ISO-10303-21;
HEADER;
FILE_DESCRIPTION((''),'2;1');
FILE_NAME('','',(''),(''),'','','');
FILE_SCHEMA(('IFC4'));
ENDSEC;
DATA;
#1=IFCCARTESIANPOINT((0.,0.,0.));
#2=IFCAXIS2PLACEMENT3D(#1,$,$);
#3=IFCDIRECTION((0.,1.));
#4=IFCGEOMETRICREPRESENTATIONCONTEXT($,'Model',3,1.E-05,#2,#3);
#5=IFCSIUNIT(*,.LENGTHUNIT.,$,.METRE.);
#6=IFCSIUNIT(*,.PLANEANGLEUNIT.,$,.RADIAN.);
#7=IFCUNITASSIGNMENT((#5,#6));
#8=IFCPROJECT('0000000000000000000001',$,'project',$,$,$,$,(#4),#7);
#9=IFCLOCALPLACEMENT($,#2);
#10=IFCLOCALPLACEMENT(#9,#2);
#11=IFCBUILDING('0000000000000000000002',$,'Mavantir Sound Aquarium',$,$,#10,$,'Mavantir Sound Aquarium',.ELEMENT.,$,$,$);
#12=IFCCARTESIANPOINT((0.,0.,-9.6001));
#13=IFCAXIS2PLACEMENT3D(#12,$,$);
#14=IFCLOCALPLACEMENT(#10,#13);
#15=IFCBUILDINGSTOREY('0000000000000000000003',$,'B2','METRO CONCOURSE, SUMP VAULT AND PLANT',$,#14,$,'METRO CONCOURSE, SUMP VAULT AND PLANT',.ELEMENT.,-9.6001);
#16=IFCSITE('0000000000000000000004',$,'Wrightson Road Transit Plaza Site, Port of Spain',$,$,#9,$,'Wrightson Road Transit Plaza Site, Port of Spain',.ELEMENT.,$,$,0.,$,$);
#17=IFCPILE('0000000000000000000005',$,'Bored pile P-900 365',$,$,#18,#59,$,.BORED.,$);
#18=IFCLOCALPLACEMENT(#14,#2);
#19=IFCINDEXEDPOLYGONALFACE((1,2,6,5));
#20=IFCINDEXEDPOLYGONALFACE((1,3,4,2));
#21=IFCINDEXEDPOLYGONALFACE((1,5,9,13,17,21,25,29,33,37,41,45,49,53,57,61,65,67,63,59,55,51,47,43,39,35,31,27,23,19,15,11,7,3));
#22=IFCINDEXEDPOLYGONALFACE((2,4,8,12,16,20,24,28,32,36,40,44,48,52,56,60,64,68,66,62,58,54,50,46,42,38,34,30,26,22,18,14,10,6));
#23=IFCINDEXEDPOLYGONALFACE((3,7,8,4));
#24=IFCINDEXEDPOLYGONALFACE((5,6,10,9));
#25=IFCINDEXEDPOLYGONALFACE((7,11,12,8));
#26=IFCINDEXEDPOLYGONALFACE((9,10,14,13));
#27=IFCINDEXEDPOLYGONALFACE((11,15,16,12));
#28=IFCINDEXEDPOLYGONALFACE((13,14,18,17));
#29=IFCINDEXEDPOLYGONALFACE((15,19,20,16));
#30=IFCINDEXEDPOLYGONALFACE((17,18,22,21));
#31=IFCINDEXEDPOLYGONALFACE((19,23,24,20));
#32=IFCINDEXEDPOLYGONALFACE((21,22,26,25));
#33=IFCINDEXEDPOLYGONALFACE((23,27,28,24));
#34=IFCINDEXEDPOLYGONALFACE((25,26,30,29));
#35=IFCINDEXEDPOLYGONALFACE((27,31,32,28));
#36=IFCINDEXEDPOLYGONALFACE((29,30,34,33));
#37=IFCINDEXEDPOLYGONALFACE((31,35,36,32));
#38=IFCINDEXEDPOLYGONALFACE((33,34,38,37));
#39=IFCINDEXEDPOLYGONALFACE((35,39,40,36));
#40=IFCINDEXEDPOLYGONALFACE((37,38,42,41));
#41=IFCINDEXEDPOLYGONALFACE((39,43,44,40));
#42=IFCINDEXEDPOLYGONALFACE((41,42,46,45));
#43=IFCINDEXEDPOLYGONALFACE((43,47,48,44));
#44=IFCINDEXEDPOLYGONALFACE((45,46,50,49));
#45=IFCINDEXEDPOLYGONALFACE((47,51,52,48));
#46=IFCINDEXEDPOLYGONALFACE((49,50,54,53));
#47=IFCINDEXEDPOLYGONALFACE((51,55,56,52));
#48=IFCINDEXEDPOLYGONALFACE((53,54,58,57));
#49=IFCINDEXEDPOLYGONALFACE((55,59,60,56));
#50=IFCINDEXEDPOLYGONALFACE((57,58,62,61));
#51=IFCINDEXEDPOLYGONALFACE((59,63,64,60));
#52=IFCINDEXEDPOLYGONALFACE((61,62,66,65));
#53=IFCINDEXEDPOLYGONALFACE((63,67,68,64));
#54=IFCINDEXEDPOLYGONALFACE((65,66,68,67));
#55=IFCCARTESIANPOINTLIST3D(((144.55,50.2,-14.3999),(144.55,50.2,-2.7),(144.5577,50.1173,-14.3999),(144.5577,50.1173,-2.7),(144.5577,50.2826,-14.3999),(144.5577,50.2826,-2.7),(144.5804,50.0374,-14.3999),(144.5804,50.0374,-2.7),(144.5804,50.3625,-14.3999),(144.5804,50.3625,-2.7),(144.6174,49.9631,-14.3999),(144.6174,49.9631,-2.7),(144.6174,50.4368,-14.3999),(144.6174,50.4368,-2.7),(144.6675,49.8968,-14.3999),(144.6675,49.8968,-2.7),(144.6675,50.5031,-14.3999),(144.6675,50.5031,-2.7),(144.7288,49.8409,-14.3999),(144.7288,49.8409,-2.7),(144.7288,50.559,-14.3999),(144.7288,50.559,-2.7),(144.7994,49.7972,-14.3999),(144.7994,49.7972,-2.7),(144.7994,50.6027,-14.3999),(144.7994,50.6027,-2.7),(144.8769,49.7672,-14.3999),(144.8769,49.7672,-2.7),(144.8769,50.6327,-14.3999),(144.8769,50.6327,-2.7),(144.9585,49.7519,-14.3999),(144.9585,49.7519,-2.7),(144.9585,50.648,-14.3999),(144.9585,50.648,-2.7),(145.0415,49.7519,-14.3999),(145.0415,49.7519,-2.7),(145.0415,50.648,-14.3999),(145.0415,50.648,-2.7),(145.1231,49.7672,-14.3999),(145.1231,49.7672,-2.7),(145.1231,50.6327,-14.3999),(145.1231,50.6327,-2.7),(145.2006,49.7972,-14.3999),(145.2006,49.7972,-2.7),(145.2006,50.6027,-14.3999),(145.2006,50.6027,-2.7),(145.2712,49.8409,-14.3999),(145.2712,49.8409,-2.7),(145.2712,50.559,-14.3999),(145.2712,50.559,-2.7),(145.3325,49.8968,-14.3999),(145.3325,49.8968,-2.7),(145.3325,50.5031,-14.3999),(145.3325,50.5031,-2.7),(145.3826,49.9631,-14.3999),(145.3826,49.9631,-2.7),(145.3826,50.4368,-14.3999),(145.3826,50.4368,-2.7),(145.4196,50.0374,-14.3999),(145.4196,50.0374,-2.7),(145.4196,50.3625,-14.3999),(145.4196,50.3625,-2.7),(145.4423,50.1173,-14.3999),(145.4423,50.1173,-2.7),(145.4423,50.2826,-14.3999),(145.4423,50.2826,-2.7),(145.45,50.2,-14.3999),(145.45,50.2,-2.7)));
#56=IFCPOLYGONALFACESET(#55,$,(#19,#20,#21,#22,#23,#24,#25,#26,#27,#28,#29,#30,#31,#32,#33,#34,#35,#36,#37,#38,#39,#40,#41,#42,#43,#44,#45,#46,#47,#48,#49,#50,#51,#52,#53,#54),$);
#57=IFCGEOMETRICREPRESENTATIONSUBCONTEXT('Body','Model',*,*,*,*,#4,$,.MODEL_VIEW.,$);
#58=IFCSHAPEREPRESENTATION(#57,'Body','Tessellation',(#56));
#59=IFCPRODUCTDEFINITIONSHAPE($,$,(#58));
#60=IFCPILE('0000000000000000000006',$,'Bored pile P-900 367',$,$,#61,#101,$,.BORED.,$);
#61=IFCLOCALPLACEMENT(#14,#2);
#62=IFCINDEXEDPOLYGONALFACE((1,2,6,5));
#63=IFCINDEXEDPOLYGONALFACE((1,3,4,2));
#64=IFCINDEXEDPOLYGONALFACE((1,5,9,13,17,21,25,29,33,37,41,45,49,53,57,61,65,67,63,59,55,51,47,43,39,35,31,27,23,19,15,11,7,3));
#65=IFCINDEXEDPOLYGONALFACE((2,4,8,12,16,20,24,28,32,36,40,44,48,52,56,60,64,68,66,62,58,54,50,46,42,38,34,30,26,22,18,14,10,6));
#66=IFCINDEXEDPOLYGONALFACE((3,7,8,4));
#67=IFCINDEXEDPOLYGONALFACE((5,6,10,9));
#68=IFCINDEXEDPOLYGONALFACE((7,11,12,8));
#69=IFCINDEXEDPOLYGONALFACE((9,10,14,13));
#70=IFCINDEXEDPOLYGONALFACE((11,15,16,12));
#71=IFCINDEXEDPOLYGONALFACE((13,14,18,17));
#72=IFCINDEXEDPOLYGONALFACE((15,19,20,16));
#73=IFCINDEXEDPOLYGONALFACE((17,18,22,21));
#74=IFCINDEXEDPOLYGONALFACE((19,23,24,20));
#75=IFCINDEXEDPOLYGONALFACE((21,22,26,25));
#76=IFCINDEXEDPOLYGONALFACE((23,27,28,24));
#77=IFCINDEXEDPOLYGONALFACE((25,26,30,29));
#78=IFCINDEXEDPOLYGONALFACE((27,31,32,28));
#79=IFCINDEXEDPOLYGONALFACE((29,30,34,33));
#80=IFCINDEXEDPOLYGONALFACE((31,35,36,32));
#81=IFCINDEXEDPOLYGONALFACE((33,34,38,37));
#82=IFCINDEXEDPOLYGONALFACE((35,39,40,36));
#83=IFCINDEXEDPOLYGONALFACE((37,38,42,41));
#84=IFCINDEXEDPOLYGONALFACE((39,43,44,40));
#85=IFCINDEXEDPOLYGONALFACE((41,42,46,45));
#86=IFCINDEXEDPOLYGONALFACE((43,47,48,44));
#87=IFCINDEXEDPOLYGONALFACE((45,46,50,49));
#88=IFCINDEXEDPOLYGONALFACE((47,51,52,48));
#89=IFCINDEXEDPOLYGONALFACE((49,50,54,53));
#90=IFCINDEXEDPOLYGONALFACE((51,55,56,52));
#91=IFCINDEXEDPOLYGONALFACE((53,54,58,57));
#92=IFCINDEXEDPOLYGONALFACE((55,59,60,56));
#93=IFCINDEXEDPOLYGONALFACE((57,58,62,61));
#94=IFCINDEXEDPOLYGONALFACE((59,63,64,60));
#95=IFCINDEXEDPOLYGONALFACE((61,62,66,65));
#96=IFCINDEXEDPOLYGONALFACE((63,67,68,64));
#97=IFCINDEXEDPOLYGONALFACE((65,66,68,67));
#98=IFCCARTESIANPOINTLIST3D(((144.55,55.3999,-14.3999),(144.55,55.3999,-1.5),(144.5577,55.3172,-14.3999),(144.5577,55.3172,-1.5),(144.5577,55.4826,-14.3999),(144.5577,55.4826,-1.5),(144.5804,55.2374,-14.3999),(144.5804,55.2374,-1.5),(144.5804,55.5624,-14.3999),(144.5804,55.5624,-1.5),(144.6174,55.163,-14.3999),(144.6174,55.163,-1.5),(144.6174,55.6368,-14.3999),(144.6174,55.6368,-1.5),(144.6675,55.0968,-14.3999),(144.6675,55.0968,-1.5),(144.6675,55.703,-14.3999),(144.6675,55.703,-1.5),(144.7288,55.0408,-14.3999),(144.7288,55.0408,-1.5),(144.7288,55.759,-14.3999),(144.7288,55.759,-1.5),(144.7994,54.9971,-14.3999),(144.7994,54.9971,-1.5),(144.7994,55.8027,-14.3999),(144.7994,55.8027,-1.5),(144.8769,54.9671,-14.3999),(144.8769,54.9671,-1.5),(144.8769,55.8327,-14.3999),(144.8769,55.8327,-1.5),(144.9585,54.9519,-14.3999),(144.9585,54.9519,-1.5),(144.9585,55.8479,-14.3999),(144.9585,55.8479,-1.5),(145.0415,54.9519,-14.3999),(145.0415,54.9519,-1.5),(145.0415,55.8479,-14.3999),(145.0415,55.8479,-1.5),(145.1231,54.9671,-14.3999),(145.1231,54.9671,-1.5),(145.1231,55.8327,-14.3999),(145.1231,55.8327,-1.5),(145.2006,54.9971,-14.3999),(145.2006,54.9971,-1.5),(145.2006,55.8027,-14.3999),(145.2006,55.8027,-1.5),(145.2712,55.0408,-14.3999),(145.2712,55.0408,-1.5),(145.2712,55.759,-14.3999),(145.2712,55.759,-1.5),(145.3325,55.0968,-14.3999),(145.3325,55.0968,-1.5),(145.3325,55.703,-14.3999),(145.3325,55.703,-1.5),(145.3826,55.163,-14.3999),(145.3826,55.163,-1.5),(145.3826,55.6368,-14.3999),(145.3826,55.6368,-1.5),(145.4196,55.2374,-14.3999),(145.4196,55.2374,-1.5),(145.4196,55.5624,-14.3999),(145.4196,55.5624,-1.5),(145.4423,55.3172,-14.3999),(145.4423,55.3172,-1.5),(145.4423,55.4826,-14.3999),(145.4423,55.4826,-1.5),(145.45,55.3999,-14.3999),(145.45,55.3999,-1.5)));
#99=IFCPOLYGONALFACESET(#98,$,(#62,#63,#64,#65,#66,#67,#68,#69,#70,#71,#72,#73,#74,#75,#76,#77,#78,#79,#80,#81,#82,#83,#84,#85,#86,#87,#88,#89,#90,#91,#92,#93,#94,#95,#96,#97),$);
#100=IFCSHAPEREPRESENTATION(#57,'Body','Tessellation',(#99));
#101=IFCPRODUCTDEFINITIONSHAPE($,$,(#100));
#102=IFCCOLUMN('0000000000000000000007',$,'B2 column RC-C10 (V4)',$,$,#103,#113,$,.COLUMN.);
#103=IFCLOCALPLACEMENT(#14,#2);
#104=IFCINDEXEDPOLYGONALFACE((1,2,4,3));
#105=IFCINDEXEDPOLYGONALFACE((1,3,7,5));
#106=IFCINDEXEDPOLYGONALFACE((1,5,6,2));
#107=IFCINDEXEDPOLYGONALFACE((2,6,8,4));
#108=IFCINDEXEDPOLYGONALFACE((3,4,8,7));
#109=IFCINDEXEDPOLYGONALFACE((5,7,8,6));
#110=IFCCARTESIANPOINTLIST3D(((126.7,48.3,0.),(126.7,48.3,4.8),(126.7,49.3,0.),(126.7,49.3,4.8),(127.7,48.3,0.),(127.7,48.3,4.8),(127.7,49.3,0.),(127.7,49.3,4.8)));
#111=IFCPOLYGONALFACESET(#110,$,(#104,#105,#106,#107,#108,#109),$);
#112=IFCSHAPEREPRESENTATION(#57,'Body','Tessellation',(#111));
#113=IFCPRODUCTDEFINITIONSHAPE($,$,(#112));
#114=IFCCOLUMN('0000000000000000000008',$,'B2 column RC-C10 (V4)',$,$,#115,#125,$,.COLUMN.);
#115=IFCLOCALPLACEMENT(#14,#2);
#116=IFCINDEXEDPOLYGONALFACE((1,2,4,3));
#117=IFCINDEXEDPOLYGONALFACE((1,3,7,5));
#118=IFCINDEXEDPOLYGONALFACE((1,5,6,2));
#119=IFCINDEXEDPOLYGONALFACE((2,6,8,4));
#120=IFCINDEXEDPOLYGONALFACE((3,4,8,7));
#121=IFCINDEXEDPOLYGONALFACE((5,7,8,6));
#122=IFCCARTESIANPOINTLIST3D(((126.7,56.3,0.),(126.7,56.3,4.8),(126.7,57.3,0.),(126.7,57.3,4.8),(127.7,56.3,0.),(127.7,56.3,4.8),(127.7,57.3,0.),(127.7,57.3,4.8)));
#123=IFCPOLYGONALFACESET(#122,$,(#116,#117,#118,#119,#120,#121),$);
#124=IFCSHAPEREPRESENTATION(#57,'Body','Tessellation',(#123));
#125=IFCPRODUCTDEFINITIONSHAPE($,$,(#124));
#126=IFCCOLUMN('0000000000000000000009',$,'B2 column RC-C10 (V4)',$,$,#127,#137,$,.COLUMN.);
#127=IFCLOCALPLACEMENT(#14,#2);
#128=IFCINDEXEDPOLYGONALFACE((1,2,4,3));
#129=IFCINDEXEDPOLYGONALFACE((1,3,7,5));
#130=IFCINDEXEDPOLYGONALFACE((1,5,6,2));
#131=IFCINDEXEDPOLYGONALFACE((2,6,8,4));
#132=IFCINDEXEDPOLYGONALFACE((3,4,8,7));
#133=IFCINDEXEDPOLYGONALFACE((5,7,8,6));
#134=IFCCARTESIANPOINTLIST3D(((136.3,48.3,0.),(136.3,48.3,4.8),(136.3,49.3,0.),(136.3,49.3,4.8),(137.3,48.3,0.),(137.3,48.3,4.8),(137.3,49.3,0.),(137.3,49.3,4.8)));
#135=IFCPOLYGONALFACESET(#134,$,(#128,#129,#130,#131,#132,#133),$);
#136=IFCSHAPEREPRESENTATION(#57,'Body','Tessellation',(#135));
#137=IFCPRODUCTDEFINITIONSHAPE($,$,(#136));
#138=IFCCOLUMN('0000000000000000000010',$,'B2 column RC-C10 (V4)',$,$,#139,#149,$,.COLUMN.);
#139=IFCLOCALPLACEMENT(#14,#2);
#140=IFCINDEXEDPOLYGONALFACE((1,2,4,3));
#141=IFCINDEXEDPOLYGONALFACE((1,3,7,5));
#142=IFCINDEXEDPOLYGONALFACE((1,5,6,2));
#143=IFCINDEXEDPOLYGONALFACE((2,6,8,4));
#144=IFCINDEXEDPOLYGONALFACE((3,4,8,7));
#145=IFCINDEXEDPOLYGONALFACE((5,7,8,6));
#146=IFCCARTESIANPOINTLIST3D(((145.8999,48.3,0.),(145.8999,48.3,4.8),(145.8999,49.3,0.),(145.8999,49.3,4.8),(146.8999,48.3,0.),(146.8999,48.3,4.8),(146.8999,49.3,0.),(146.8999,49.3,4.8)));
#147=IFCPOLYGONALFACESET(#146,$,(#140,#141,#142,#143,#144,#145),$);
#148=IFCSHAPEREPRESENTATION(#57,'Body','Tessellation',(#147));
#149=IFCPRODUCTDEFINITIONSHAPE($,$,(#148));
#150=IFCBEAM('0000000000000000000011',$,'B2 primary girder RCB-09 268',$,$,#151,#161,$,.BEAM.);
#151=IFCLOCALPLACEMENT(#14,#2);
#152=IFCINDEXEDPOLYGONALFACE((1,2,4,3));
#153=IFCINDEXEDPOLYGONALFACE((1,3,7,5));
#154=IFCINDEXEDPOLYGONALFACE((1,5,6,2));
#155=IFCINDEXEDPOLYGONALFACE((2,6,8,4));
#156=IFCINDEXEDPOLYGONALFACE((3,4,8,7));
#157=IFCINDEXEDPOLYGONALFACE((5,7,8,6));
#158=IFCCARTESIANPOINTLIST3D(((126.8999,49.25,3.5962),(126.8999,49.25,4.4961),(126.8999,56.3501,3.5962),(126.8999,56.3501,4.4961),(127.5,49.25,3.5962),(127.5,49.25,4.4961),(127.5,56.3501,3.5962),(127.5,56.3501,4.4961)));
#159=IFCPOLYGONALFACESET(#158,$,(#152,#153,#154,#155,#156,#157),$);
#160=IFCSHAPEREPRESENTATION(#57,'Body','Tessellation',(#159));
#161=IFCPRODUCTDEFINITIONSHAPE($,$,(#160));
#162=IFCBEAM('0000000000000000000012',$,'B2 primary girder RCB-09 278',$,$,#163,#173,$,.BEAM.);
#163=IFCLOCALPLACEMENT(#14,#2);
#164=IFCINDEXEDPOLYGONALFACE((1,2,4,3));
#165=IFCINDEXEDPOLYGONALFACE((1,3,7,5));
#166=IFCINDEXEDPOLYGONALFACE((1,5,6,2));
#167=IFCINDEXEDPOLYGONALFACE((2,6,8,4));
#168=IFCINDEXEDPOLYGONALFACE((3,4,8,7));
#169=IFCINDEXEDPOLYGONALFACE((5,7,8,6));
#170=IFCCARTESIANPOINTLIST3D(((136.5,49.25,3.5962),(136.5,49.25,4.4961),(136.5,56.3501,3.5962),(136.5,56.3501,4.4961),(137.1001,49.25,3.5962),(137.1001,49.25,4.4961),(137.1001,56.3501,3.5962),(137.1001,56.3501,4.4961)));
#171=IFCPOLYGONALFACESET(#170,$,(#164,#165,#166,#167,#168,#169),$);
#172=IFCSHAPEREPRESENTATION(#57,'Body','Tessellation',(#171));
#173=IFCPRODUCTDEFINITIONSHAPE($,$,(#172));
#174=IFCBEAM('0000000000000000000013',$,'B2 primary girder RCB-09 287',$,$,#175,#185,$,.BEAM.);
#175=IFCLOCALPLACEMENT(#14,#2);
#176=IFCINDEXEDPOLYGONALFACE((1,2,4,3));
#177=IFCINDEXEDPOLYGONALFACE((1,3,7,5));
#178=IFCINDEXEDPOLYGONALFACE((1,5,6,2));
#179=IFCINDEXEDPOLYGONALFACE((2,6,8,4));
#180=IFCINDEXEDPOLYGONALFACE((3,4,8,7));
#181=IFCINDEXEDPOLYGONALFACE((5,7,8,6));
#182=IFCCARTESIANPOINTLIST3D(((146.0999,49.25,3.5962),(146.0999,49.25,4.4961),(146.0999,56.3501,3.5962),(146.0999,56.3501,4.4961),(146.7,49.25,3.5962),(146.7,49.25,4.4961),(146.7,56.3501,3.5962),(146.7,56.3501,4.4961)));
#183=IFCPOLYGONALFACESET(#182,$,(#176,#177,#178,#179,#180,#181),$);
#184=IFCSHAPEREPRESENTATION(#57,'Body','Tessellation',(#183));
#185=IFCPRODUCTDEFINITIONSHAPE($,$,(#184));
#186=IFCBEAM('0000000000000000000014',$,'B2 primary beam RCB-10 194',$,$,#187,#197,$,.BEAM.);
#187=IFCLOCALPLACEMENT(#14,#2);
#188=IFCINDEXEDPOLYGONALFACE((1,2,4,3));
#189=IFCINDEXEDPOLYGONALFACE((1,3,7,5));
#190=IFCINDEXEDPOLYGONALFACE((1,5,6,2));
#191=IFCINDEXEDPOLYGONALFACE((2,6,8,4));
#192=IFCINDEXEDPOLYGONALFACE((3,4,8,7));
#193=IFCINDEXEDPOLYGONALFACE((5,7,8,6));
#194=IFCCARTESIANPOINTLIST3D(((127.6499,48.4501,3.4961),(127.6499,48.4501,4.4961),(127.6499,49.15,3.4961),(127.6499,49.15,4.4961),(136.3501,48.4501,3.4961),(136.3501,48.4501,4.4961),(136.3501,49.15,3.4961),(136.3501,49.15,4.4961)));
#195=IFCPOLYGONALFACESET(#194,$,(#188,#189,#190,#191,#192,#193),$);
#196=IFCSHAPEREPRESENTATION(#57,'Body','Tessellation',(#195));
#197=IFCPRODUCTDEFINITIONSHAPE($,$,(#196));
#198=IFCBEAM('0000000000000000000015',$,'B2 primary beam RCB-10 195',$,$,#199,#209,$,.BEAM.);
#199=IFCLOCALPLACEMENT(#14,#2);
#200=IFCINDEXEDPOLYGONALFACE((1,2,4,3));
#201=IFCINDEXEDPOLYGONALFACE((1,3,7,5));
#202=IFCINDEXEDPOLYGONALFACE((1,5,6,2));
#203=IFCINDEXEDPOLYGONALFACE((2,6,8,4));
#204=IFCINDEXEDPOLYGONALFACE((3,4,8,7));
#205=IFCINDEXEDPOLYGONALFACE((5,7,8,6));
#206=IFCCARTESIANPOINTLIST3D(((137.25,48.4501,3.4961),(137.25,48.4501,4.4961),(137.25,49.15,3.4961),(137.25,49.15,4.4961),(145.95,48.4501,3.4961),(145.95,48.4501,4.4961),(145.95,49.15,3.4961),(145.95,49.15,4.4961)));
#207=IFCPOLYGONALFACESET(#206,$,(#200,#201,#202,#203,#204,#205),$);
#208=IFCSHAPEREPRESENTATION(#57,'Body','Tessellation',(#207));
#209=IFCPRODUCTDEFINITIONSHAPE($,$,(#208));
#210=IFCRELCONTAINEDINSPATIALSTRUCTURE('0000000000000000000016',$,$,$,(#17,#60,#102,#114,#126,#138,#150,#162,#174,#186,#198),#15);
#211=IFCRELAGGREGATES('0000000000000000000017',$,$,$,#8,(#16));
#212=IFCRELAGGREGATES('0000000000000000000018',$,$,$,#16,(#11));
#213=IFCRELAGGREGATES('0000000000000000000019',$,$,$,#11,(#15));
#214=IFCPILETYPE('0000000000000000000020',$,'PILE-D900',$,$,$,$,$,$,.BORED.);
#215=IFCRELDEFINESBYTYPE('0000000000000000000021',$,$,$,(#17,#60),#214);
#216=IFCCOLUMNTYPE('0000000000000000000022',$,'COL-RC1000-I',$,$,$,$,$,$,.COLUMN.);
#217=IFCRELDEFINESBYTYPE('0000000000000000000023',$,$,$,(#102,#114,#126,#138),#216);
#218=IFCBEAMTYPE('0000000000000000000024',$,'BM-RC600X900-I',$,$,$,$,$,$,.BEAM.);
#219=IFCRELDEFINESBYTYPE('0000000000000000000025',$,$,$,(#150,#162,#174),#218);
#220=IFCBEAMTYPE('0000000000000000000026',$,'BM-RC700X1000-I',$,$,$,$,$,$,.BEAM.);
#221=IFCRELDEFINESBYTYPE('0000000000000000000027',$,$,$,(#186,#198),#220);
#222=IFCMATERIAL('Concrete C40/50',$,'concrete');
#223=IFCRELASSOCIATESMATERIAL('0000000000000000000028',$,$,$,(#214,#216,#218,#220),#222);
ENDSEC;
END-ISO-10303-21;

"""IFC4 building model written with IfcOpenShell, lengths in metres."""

from ifc_helpers import new_model, si_unit, direction, frame, origin, origin_2d, place, context, subcontext, project, spatial, rectangle, circle, extrude, material, material_profile, profile_set, type_object, element, save


model = new_model("IFC4")

# Units and contexts
model_context = context("Model", 3, precision=1e-05, world=origin(), true_north=direction((0.0, 1.0)))
body_context = subcontext(model_context, "Body", "Model", "MODEL_VIEW")
ifc_project = project(units=[si_unit("LENGTHUNIT", "METRE"), si_unit("PLANEANGLEUNIT", "RADIAN")], contexts=[model_context])

# Site, building, storey
site_placement = place(None, origin())
site = spatial("IfcSite", under=ifc_project, at=site_placement, Name="Wrightson Road Transit Plaza Site, Port of Spain", LongName="Wrightson Road Transit Plaza Site, Port of Spain", CompositionType="ELEMENT", RefElevation=0.0)
building_placement = place(site_placement, origin())
building = spatial("IfcBuilding", under=site, at=building_placement, Name="Mavantir Sound Aquarium", LongName="Mavantir Sound Aquarium", CompositionType="ELEMENT")
storey_placement = place(building_placement, frame((0.0, 0.0, -9.6001)))
storey = spatial("IfcBuildingStorey", under=building, at=storey_placement, Name="B2", Description="METRO CONCOURSE, SUMP VAULT AND PLANT", LongName="METRO CONCOURSE, SUMP VAULT AND PLANT", CompositionType="ELEMENT", Elevation=-9.6001)

# Shared definitions
ifc_material_1 = material(Name="Concrete C40/50", Category="concrete")

# Piles
ifc_material_profile_1 = material_profile(ifc_material_1, circle(Radius=0.45, at=origin_2d()), Name="PILE D900")
ifc_profile_set_1 = profile_set([ifc_material_profile_1], Name="Concrete C40/50")
pile_type = type_object("IfcPileType", Name="PILE-D900", PredefinedType="BORED", material=ifc_profile_set_1)
for number, where, z_axis, x_axis, name in (
    (1, (145.0, 50.2, -2.7), (0.0, 0.0, -1.0), (1.0, 0.0, 0.0), "Bored pile P-900 365"),
):
    element("IfcPile", number, at=place(storey_placement, frame(where, z_axis=z_axis, x_axis=x_axis)), inside=storey, type_object=pile_type, Name=name, PredefinedType="BORED", context=body_context, shape_type="SweptSolid", body=[
        extrude(circle(Radius=0.45, at=origin_2d()), origin(), (0.0, 0.0, 1.0), 11.7),
    ])
pile_1_placement = place(storey_placement, frame((145.0, 55.3999, -1.5), z_axis=(0.0, 0.0, -1.0), x_axis=(1.0, 0.0, 0.0)))
element("IfcPile", 2, at=pile_1_placement, inside=storey, type_object=pile_type, Name="Bored pile P-900 367", PredefinedType="BORED", context=body_context, shape_type="SweptSolid", body=[
    extrude(circle(Radius=0.45, at=origin_2d()), origin(), (0.0, 0.0, 1.0), 12.8999),
])

# Columns
ifc_material_profile_2 = material_profile(ifc_material_1, rectangle(XDim=1.0, YDim=1.0, at=origin_2d()), Name="RC 1000X1000")
ifc_profile_set_2 = profile_set([ifc_material_profile_2], Name="Concrete C40/50")
column_type = type_object("IfcColumnType", Name="COL-RC1000-I", PredefinedType="COLUMN", material=ifc_profile_set_2)
for number, where, z_axis, x_axis, name in (
    (3, (127.2, 48.8, 0.0), (0.0, 0.0, 1.0), (1.0, 0.0, 0.0), "B2 column RC-C10 (V4)"),
    (4, (127.2, 56.8, 0.0), (0.0, 0.0, 1.0), (1.0, 0.0, 0.0), "B2 column RC-C10 (V4)"),
    (5, (136.8, 48.8, 0.0), (0.0, 0.0, 1.0), (1.0, 0.0, 0.0), "B2 column RC-C10 (V4)"),
    (6, (146.3999, 48.8, 0.0), (0.0, 0.0, 1.0), (1.0, 0.0, 0.0), "B2 column RC-C10 (V4)"),
):
    element("IfcColumn", number, at=place(storey_placement, frame(where, z_axis=z_axis, x_axis=x_axis)), inside=storey, type_object=column_type, Name=name, PredefinedType="COLUMN", context=body_context, shape_type="SweptSolid", body=[
        extrude(rectangle(XDim=1.0, YDim=1.0, at=origin_2d()), origin(), (0.0, 0.0, 1.0), 4.8),
    ])

# Beams
ifc_material_profile_3 = material_profile(ifc_material_1, rectangle(XDim=0.6001, YDim=0.8999, at=origin_2d()), Name="RC 600X900")
ifc_profile_set_3 = profile_set([ifc_material_profile_3], Name="Concrete C40/50")
beam_type_1 = type_object("IfcBeamType", Name="BM-RC600X900-I", PredefinedType="BEAM", material=ifc_profile_set_3)
for number, where, z_axis, x_axis, name in (
    (7, (127.2, 49.25, 4.0461), (0.0, 1.0, 0.0), (-1.0, 0.0, 0.0), "B2 primary girder RCB-09 268"),
    (8, (136.8, 49.25, 4.0461), (0.0, 1.0, 0.0), (-1.0, 0.0, 0.0), "B2 primary girder RCB-09 278"),
    (9, (146.3999, 49.25, 4.0461), (0.0, 1.0, 0.0), (-1.0, 0.0, 0.0), "B2 primary girder RCB-09 287"),
):
    element("IfcBeam", number, at=place(storey_placement, frame(where, z_axis=z_axis, x_axis=x_axis)), inside=storey, type_object=beam_type_1, Name=name, PredefinedType="BEAM", context=body_context, shape_type="SweptSolid", body=[
        extrude(rectangle(XDim=0.6001, YDim=0.8999, at=origin_2d()), origin(), (0.0, 0.0, 1.0), 7.1001),
    ])
ifc_material_profile_4 = material_profile(ifc_material_1, rectangle(XDim=0.7, YDim=1.0, at=origin_2d()), Name="RC 700X1000")
ifc_profile_set_4 = profile_set([ifc_material_profile_4], Name="Concrete C40/50")
beam_type_2 = type_object("IfcBeamType", Name="BM-RC700X1000-I", PredefinedType="BEAM", material=ifc_profile_set_4)
beam_1_placement = place(storey_placement, frame((127.6499, 48.8, 3.9961), z_axis=(1.0, 0.0, 0.0), x_axis=(0.0, 1.0, 0.0)))
element("IfcBeam", 10, at=beam_1_placement, inside=storey, type_object=beam_type_2, Name="B2 primary beam RCB-10 194", PredefinedType="BEAM", context=body_context, shape_type="SweptSolid", body=[
    extrude(rectangle(XDim=0.7, YDim=1.0, at=origin_2d()), origin(), (0.0, 0.0, 1.0), 8.7002),
])
beam_2_placement = place(storey_placement, frame((137.25, 48.8, 3.9961), z_axis=(1.0, 0.0, 0.0), x_axis=(0.0, 1.0, 0.0)))
element("IfcBeam", 11, at=beam_2_placement, inside=storey, type_object=beam_type_2, Name="B2 primary beam RCB-10 195", PredefinedType="BEAM", context=body_context, shape_type="SweptSolid", body=[
    extrude(rectangle(XDim=0.7, YDim=1.0, at=origin_2d()), origin(), (0.0, 0.0, 1.0), 8.7),
])

save(model, "model.ifc")
